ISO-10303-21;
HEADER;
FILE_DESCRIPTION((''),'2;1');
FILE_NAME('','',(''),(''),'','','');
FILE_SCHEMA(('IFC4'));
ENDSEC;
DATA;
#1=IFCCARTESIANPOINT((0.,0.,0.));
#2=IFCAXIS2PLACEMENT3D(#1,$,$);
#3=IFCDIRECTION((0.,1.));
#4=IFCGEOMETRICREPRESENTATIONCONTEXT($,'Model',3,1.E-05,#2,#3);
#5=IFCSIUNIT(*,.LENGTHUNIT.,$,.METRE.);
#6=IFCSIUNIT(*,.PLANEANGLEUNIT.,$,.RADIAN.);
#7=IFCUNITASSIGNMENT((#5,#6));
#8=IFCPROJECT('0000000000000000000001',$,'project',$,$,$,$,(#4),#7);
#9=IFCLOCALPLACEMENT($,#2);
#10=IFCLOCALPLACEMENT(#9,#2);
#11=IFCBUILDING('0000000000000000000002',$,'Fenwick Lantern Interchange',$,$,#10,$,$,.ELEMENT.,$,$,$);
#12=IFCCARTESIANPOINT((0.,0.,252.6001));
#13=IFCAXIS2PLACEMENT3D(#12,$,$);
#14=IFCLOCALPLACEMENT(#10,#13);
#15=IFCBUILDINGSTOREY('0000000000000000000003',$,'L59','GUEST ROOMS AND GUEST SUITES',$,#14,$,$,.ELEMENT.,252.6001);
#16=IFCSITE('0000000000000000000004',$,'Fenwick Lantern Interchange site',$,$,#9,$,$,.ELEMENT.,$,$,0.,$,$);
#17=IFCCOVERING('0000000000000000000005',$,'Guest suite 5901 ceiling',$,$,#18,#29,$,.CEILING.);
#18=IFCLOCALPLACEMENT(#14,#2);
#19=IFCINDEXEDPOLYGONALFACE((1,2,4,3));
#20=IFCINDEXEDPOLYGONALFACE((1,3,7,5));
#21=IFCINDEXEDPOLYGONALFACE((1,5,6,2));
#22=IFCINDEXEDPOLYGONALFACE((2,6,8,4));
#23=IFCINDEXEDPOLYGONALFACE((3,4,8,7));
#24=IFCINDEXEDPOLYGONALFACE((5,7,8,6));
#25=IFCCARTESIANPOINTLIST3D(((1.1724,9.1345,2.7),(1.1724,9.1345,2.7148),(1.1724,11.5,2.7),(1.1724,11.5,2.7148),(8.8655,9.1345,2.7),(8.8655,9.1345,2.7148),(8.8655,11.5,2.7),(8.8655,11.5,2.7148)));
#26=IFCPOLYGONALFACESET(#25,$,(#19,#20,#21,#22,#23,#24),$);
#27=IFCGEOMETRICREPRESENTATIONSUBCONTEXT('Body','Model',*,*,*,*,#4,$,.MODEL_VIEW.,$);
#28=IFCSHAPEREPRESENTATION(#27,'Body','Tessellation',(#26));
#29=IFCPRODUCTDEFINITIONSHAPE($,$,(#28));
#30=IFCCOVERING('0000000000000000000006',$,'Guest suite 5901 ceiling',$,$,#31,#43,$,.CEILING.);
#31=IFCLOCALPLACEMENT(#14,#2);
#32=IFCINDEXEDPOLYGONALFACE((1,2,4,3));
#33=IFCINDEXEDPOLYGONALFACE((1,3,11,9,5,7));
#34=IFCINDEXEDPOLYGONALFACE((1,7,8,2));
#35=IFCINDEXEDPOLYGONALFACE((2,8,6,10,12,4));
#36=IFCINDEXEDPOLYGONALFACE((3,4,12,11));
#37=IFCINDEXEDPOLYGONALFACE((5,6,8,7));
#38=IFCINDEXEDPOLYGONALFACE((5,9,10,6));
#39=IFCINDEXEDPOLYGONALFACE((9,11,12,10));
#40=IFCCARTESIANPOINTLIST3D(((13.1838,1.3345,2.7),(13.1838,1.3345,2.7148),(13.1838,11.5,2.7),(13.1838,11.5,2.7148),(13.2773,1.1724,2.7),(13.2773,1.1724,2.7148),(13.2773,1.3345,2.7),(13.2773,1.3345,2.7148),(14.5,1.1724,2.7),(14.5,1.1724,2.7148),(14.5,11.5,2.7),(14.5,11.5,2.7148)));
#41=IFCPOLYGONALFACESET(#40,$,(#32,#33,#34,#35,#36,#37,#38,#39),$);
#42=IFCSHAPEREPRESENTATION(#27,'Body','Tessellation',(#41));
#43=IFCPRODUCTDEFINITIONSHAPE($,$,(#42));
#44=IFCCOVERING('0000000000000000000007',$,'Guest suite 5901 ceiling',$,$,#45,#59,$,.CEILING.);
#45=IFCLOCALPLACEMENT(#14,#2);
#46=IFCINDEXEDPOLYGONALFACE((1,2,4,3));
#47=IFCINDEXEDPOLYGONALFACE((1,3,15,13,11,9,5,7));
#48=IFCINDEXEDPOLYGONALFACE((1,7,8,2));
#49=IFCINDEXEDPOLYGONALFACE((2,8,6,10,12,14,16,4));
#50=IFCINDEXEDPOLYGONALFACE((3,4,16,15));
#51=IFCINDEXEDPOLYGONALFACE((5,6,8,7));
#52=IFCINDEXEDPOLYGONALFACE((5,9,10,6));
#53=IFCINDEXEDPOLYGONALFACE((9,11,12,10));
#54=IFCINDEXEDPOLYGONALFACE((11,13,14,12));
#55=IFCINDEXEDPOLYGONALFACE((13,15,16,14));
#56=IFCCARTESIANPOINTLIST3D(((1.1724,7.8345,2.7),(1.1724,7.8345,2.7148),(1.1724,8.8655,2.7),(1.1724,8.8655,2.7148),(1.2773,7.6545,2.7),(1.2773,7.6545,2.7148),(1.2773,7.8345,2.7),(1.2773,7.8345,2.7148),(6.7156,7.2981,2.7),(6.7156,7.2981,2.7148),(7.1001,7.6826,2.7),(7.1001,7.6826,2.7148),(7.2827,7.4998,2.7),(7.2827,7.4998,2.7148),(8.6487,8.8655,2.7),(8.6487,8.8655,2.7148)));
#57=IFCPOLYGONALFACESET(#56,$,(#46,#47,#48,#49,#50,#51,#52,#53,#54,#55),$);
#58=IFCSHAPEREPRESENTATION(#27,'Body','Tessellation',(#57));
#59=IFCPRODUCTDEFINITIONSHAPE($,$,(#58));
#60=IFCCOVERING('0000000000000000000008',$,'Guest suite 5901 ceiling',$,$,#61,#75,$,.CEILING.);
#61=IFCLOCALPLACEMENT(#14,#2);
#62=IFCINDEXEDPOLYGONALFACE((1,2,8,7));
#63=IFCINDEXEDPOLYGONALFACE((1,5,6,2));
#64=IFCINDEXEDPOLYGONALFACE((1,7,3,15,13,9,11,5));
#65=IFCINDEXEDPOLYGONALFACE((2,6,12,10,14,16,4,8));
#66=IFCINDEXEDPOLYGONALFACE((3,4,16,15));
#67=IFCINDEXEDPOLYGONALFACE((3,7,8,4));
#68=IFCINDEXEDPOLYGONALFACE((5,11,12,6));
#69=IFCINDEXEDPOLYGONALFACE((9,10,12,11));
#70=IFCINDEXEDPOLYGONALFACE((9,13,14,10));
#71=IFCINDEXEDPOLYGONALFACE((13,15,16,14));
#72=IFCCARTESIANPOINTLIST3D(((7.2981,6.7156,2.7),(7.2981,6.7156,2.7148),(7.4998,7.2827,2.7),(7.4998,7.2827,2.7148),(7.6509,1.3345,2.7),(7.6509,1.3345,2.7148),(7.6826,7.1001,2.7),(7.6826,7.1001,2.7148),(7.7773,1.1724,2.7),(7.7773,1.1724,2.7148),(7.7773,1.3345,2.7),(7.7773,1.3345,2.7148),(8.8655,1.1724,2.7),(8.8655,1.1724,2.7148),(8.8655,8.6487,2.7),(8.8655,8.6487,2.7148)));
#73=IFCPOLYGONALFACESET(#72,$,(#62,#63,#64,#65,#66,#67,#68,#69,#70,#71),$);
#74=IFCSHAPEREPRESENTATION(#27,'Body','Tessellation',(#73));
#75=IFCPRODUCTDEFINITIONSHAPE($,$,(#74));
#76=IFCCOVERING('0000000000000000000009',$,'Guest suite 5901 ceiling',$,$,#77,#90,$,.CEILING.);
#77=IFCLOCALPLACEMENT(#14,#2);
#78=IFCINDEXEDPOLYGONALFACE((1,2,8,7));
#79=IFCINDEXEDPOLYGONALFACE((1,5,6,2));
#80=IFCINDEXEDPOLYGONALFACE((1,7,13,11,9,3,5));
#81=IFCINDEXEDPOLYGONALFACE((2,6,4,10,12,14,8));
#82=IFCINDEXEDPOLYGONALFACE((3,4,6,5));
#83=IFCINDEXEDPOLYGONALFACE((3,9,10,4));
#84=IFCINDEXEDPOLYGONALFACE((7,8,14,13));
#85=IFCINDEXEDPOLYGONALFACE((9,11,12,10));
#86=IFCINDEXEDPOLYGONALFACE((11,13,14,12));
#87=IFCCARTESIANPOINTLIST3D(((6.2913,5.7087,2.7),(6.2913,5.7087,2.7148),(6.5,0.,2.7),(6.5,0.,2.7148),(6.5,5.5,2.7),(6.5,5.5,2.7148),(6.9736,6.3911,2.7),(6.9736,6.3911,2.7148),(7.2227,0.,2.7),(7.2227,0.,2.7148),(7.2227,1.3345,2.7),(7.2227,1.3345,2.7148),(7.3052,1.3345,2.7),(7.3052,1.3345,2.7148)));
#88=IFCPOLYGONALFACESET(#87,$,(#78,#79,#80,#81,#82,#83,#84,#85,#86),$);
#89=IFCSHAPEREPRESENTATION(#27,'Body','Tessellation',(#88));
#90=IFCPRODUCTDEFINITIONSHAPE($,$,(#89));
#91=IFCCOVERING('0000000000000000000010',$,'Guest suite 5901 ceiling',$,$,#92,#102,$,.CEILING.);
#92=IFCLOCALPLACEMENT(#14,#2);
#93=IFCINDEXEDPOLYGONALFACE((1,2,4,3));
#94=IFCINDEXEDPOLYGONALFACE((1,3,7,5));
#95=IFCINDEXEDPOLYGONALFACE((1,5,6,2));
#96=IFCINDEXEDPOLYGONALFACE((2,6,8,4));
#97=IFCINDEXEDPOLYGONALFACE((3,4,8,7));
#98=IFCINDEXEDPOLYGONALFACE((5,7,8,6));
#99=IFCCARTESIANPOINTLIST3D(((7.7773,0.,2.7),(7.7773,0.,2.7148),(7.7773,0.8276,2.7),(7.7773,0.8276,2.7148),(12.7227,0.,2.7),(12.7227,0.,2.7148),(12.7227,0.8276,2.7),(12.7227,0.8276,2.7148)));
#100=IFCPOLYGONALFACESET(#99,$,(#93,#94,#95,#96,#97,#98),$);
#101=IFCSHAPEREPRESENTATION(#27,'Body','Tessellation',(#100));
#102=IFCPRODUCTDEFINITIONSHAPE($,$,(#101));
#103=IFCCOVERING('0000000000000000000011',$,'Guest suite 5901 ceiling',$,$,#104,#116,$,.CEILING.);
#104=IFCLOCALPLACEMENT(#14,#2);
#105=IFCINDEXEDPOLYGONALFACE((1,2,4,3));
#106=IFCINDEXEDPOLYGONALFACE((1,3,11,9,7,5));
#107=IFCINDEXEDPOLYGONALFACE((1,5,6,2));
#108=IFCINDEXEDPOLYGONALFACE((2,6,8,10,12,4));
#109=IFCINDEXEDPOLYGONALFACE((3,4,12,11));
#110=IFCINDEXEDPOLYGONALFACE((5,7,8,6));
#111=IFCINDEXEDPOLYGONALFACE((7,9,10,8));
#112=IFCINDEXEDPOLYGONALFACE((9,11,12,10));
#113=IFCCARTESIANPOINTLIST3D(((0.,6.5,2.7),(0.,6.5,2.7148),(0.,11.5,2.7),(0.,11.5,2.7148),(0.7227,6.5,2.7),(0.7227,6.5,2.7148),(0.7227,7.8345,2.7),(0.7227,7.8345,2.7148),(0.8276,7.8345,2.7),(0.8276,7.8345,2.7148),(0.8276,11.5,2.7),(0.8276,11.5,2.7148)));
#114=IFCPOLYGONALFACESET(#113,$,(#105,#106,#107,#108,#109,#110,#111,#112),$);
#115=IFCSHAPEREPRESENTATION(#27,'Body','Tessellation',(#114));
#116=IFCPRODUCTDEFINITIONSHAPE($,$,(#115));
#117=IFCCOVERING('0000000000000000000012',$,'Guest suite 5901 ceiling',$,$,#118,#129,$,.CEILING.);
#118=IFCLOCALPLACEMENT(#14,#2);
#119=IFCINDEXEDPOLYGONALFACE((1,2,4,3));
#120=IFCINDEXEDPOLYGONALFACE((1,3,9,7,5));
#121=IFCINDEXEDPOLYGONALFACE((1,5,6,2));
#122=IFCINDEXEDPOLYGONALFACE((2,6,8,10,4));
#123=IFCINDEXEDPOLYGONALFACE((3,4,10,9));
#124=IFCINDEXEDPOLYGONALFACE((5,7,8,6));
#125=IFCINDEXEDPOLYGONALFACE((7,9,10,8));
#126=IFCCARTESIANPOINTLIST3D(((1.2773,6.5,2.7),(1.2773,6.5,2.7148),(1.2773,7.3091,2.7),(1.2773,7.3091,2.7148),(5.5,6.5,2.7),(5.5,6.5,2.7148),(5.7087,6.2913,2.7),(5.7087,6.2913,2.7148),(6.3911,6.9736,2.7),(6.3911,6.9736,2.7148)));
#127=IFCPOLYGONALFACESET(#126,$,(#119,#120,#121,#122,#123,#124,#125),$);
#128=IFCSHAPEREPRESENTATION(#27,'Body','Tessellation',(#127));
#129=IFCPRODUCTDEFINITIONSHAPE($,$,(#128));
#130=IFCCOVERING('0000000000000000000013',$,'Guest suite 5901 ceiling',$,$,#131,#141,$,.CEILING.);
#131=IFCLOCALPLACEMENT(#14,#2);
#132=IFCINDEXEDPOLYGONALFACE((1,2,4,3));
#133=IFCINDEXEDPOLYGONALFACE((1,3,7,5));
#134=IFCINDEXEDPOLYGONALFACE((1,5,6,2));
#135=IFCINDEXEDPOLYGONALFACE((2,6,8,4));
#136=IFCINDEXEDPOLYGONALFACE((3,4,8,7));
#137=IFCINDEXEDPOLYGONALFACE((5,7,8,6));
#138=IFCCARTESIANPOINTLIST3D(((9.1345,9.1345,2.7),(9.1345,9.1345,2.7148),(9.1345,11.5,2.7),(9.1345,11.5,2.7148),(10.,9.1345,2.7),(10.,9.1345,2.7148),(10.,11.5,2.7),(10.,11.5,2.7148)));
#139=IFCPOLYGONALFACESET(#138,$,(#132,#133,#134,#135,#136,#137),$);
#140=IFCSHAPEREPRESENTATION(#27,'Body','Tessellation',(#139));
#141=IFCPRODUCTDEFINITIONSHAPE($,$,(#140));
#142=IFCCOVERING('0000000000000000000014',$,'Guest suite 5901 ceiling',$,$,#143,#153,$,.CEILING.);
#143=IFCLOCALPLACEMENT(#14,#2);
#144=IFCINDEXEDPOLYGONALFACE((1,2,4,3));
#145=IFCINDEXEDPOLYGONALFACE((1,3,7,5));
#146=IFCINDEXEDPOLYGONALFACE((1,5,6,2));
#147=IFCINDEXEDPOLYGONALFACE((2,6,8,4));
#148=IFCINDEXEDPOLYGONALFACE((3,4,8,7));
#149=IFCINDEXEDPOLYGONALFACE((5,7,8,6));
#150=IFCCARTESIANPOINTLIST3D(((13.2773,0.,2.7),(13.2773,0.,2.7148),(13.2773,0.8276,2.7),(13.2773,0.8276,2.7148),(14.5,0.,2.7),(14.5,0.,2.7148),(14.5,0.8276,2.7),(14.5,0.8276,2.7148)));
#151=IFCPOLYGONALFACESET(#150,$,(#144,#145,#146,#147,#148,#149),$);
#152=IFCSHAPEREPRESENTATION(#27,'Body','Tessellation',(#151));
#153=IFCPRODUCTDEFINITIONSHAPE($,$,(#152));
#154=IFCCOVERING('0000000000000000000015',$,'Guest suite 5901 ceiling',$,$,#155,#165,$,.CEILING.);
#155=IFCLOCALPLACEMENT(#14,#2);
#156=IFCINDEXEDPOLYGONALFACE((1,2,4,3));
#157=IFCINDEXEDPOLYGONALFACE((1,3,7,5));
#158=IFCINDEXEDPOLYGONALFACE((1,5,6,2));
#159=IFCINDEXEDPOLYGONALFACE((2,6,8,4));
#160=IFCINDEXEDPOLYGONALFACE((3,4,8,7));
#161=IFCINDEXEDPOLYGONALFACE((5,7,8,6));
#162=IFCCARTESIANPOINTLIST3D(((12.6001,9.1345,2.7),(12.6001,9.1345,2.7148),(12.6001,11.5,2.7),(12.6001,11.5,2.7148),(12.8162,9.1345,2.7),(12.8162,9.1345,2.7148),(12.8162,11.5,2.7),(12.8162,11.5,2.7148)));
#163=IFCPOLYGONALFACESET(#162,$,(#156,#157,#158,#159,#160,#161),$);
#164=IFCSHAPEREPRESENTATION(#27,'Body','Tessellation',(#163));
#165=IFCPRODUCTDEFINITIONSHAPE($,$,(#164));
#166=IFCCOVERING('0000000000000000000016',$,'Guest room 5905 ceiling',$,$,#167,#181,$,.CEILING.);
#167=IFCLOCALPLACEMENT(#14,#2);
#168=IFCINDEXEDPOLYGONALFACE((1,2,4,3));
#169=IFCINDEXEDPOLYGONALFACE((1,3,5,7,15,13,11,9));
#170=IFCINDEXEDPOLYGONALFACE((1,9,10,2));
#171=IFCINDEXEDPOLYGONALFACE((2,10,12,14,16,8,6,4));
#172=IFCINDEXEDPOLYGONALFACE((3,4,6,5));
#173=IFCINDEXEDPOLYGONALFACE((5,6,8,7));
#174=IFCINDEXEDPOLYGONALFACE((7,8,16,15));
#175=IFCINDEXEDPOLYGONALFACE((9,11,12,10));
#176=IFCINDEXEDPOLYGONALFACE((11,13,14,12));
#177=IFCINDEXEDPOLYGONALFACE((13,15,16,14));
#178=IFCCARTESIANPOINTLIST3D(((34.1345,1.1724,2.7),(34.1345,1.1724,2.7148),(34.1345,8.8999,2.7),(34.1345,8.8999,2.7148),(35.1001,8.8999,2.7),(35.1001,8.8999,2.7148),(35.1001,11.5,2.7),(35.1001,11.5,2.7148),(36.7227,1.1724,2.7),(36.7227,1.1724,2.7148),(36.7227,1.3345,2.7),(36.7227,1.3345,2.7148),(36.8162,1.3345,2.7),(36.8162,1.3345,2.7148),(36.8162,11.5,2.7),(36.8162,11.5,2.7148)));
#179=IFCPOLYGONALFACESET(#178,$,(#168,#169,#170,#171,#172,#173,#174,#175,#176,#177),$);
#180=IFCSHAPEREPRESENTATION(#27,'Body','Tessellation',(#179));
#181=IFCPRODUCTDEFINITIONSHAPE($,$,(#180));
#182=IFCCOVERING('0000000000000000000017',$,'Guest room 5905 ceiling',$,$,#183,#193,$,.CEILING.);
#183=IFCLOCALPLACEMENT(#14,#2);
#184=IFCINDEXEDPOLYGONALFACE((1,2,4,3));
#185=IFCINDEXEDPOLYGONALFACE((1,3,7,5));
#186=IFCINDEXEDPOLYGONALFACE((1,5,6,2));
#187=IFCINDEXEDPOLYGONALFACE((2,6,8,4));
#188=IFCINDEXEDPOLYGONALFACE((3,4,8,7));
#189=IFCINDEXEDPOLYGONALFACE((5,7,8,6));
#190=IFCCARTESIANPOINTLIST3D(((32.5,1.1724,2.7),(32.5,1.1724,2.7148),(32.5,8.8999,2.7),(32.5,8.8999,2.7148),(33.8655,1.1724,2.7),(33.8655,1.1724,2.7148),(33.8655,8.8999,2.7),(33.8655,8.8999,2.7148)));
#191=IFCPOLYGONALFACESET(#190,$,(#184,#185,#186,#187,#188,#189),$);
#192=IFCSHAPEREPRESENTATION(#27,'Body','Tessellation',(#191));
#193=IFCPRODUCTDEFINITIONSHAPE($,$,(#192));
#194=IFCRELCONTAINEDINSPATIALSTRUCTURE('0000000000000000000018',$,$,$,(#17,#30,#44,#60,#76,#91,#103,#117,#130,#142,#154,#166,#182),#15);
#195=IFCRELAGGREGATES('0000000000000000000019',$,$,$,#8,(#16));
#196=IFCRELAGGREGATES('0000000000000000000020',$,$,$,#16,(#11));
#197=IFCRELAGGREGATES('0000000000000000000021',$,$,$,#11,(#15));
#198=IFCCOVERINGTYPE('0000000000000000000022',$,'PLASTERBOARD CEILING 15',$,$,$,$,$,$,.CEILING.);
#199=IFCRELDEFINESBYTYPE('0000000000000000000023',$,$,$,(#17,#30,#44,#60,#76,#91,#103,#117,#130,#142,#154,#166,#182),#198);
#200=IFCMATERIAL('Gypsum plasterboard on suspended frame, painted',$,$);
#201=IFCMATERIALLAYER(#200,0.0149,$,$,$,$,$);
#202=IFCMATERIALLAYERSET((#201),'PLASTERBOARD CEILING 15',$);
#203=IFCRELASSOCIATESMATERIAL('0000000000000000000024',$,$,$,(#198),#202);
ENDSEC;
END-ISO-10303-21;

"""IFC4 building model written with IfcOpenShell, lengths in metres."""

from ifc_helpers import new_model, si_unit, direction, frame, origin, place, context, subcontext, project, spatial, polyline, outline, extrude, material, layer, layer_set, type_object, element, save


model = new_model("IFC4")

# Units and contexts
model_context = context("Model", 3, precision=1e-05, world=origin(), true_north=direction((0.0, 1.0)))
body_context = subcontext(model_context, "Body", "Model", "MODEL_VIEW")
ifc_project = project(units=[si_unit("LENGTHUNIT", "METRE"), si_unit("PLANEANGLEUNIT", "RADIAN")], contexts=[model_context])

# Site, building, storey
site_placement = place(None, origin())
site = spatial("IfcSite", under=ifc_project, at=site_placement, Name="Fenwick Lantern Interchange site", CompositionType="ELEMENT", RefElevation=0.0)
building_placement = place(site_placement, origin())
building = spatial("IfcBuilding", under=site, at=building_placement, Name="Fenwick Lantern Interchange", CompositionType="ELEMENT")
storey_placement = place(building_placement, frame((0.0, 0.0, 252.6001)))
storey = spatial("IfcBuildingStorey", under=building, at=storey_placement, Name="L59", Description="GUEST ROOMS AND GUEST SUITES", CompositionType="ELEMENT", Elevation=252.6001)

# Coverings
ifc_material = material(Name="Gypsum plasterboard on suspended frame, painted")
ifc_layer = layer(ifc_material, 0.0149)
ifc_layer_set = layer_set([ifc_layer], Name="PLASTERBOARD CEILING 15")
covering_type = type_object("IfcCoveringType", Name="PLASTERBOARD CEILING 15", PredefinedType="CEILING", material=ifc_layer_set)
covering_1_placement = place(storey_placement, frame((0.0, 0.0, 2.7)))
element("IfcCovering", 1, at=covering_1_placement, inside=storey, type_object=covering_type, Name="Guest suite 5901 ceiling", PredefinedType="CEILING", context=body_context, shape_type="SweptSolid", body=[
    extrude(outline(polyline([(8.8655, 11.5), (1.1724, 11.5), (1.1724, 9.1345), (8.8655, 9.1345), (8.8655, 11.5)])), origin(), (0.0, 0.0, 1.0), 0.0149),
])
covering_2_placement = place(storey_placement, frame((0.0, 0.0, 2.7)))
element("IfcCovering", 2, at=covering_2_placement, inside=storey, type_object=covering_type, Name="Guest suite 5901 ceiling", PredefinedType="CEILING", context=body_context, shape_type="SweptSolid", body=[
    extrude(outline(polyline([(14.5, 11.5), (13.1838, 11.5), (13.1838, 1.3345), (13.2773, 1.3345), (13.2773, 1.1724), (14.5, 1.1724), (14.5, 11.5)])), origin(), (0.0, 0.0, 1.0), 0.0149),
])
covering_3_placement = place(storey_placement, frame((0.0, 0.0, 2.7)))
element("IfcCovering", 3, at=covering_3_placement, inside=storey, type_object=covering_type, Name="Guest suite 5901 ceiling", PredefinedType="CEILING", context=body_context, shape_type="SweptSolid", body=[
    extrude(outline(polyline([(7.1001, 7.6826), (7.2827, 7.4998), (8.6487, 8.8655), (1.1724, 8.8655), (1.1724, 7.8345), (1.2773, 7.8345), (1.2773, 7.6545), (6.7156, 7.2981), (7.1001, 7.6826)])), origin(), (0.0, 0.0, 1.0), 0.0149),
])
covering_4_placement = place(storey_placement, frame((0.0, 0.0, 2.7)))
element("IfcCovering", 4, at=covering_4_placement, inside=storey, type_object=covering_type, Name="Guest suite 5901 ceiling", PredefinedType="CEILING", context=body_context, shape_type="SweptSolid", body=[
    extrude(outline(polyline([(7.7773, 1.3345), (7.7773, 1.1724), (8.8655, 1.1724), (8.8655, 8.6487), (7.4998, 7.2827), (7.6826, 7.1001), (7.2981, 6.7156), (7.6509, 1.3345), (7.7773, 1.3345)])), origin(), (0.0, 0.0, 1.0), 0.0149),
])
covering_5_placement = place(storey_placement, frame((0.0, 0.0, 2.7)))
element("IfcCovering", 5, at=covering_5_placement, inside=storey, type_object=covering_type, Name="Guest suite 5901 ceiling", PredefinedType="CEILING", context=body_context, shape_type="SweptSolid", body=[
    extrude(outline(polyline([(7.2227, 1.3345), (7.3052, 1.3345), (6.9736, 6.3911), (6.2913, 5.7087), (6.5, 5.5), (6.5, 0.0), (7.2227, 0.0), (7.2227, 1.3345)])), origin(), (0.0, 0.0, 1.0), 0.0149),
])
covering_6_placement = place(storey_placement, frame((0.0, 0.0, 2.7)))
element("IfcCovering", 6, at=covering_6_placement, inside=storey, type_object=covering_type, Name="Guest suite 5901 ceiling", PredefinedType="CEILING", context=body_context, shape_type="SweptSolid", body=[
    extrude(outline(polyline([(12.7227, 0.0), (12.7227, 0.8276), (7.7773, 0.8276), (7.7773, 0.0), (12.7227, 0.0)])), origin(), (0.0, 0.0, 1.0), 0.0149),
])
covering_7_placement = place(storey_placement, frame((0.0, 0.0, 2.7)))
element("IfcCovering", 7, at=covering_7_placement, inside=storey, type_object=covering_type, Name="Guest suite 5901 ceiling", PredefinedType="CEILING", context=body_context, shape_type="SweptSolid", body=[
    extrude(outline(polyline([(0.7227, 7.8345), (0.8276, 7.8345), (0.8276, 11.5), (0.0, 11.5), (0.0, 6.5), (0.7227, 6.5), (0.7227, 7.8345)])), origin(), (0.0, 0.0, 1.0), 0.0149),
])
covering_8_placement = place(storey_placement, frame((0.0, 0.0, 2.7)))
element("IfcCovering", 8, at=covering_8_placement, inside=storey, type_object=covering_type, Name="Guest suite 5901 ceiling", PredefinedType="CEILING", context=body_context, shape_type="SweptSolid", body=[
    extrude(outline(polyline([(5.7087, 6.2913), (6.3911, 6.9736), (1.2773, 7.3091), (1.2773, 6.5), (5.5, 6.5), (5.7087, 6.2913)])), origin(), (0.0, 0.0, 1.0), 0.0149),
])
covering_9_placement = place(storey_placement, frame((0.0, 0.0, 2.7)))
element("IfcCovering", 9, at=covering_9_placement, inside=storey, type_object=covering_type, Name="Guest suite 5901 ceiling", PredefinedType="CEILING", context=body_context, shape_type="SweptSolid", body=[
    extrude(outline(polyline([(10.0, 9.1345), (10.0, 11.5), (9.1345, 11.5), (9.1345, 9.1345), (10.0, 9.1345)])), origin(), (0.0, 0.0, 1.0), 0.0149),
])
covering_10_placement = place(storey_placement, frame((0.0, 0.0, 2.7)))
element("IfcCovering", 10, at=covering_10_placement, inside=storey, type_object=covering_type, Name="Guest suite 5901 ceiling", PredefinedType="CEILING", context=body_context, shape_type="SweptSolid", body=[
    extrude(outline(polyline([(14.5, 0.0), (14.5, 0.8276), (13.2773, 0.8276), (13.2773, 0.0), (14.5, 0.0)])), origin(), (0.0, 0.0, 1.0), 0.0149),
])
covering_11_placement = place(storey_placement, frame((0.0, 0.0, 2.7)))
element("IfcCovering", 11, at=covering_11_placement, inside=storey, type_object=covering_type, Name="Guest suite 5901 ceiling", PredefinedType="CEILING", context=body_context, shape_type="SweptSolid", body=[
    extrude(outline(polyline([(12.6001, 11.5), (12.6001, 9.1345), (12.8162, 9.1345), (12.8162, 11.5), (12.6001, 11.5)])), origin(), (0.0, 0.0, 1.0), 0.0149),
])
covering_12_placement = place(storey_placement, frame((0.0, 0.0, 2.7)))
element("IfcCovering", 12, at=covering_12_placement, inside=storey, type_object=covering_type, Name="Guest room 5905 ceiling", PredefinedType="CEILING", context=body_context, shape_type="SweptSolid", body=[
    extrude(outline(polyline([(36.7227, 1.3345), (36.8162, 1.3345), (36.8162, 11.5), (35.1001, 11.5), (35.1001, 8.8999), (34.1345, 8.8999), (34.1345, 1.1724), (36.7227, 1.1724), (36.7227, 1.3345)])), origin(), (0.0, 0.0, 1.0), 0.0149),
])
covering_13_placement = place(storey_placement, frame((0.0, 0.0, 2.7)))
element("IfcCovering", 13, at=covering_13_placement, inside=storey, type_object=covering_type, Name="Guest room 5905 ceiling", PredefinedType="CEILING", context=body_context, shape_type="SweptSolid", body=[
    extrude(outline(polyline([(32.5, 8.8999), (32.5, 1.1724), (33.8655, 1.1724), (33.8655, 8.8999), (32.5, 8.8999)])), origin(), (0.0, 0.0, 1.0), 0.0149),
])

save(model, "model.ifc")
